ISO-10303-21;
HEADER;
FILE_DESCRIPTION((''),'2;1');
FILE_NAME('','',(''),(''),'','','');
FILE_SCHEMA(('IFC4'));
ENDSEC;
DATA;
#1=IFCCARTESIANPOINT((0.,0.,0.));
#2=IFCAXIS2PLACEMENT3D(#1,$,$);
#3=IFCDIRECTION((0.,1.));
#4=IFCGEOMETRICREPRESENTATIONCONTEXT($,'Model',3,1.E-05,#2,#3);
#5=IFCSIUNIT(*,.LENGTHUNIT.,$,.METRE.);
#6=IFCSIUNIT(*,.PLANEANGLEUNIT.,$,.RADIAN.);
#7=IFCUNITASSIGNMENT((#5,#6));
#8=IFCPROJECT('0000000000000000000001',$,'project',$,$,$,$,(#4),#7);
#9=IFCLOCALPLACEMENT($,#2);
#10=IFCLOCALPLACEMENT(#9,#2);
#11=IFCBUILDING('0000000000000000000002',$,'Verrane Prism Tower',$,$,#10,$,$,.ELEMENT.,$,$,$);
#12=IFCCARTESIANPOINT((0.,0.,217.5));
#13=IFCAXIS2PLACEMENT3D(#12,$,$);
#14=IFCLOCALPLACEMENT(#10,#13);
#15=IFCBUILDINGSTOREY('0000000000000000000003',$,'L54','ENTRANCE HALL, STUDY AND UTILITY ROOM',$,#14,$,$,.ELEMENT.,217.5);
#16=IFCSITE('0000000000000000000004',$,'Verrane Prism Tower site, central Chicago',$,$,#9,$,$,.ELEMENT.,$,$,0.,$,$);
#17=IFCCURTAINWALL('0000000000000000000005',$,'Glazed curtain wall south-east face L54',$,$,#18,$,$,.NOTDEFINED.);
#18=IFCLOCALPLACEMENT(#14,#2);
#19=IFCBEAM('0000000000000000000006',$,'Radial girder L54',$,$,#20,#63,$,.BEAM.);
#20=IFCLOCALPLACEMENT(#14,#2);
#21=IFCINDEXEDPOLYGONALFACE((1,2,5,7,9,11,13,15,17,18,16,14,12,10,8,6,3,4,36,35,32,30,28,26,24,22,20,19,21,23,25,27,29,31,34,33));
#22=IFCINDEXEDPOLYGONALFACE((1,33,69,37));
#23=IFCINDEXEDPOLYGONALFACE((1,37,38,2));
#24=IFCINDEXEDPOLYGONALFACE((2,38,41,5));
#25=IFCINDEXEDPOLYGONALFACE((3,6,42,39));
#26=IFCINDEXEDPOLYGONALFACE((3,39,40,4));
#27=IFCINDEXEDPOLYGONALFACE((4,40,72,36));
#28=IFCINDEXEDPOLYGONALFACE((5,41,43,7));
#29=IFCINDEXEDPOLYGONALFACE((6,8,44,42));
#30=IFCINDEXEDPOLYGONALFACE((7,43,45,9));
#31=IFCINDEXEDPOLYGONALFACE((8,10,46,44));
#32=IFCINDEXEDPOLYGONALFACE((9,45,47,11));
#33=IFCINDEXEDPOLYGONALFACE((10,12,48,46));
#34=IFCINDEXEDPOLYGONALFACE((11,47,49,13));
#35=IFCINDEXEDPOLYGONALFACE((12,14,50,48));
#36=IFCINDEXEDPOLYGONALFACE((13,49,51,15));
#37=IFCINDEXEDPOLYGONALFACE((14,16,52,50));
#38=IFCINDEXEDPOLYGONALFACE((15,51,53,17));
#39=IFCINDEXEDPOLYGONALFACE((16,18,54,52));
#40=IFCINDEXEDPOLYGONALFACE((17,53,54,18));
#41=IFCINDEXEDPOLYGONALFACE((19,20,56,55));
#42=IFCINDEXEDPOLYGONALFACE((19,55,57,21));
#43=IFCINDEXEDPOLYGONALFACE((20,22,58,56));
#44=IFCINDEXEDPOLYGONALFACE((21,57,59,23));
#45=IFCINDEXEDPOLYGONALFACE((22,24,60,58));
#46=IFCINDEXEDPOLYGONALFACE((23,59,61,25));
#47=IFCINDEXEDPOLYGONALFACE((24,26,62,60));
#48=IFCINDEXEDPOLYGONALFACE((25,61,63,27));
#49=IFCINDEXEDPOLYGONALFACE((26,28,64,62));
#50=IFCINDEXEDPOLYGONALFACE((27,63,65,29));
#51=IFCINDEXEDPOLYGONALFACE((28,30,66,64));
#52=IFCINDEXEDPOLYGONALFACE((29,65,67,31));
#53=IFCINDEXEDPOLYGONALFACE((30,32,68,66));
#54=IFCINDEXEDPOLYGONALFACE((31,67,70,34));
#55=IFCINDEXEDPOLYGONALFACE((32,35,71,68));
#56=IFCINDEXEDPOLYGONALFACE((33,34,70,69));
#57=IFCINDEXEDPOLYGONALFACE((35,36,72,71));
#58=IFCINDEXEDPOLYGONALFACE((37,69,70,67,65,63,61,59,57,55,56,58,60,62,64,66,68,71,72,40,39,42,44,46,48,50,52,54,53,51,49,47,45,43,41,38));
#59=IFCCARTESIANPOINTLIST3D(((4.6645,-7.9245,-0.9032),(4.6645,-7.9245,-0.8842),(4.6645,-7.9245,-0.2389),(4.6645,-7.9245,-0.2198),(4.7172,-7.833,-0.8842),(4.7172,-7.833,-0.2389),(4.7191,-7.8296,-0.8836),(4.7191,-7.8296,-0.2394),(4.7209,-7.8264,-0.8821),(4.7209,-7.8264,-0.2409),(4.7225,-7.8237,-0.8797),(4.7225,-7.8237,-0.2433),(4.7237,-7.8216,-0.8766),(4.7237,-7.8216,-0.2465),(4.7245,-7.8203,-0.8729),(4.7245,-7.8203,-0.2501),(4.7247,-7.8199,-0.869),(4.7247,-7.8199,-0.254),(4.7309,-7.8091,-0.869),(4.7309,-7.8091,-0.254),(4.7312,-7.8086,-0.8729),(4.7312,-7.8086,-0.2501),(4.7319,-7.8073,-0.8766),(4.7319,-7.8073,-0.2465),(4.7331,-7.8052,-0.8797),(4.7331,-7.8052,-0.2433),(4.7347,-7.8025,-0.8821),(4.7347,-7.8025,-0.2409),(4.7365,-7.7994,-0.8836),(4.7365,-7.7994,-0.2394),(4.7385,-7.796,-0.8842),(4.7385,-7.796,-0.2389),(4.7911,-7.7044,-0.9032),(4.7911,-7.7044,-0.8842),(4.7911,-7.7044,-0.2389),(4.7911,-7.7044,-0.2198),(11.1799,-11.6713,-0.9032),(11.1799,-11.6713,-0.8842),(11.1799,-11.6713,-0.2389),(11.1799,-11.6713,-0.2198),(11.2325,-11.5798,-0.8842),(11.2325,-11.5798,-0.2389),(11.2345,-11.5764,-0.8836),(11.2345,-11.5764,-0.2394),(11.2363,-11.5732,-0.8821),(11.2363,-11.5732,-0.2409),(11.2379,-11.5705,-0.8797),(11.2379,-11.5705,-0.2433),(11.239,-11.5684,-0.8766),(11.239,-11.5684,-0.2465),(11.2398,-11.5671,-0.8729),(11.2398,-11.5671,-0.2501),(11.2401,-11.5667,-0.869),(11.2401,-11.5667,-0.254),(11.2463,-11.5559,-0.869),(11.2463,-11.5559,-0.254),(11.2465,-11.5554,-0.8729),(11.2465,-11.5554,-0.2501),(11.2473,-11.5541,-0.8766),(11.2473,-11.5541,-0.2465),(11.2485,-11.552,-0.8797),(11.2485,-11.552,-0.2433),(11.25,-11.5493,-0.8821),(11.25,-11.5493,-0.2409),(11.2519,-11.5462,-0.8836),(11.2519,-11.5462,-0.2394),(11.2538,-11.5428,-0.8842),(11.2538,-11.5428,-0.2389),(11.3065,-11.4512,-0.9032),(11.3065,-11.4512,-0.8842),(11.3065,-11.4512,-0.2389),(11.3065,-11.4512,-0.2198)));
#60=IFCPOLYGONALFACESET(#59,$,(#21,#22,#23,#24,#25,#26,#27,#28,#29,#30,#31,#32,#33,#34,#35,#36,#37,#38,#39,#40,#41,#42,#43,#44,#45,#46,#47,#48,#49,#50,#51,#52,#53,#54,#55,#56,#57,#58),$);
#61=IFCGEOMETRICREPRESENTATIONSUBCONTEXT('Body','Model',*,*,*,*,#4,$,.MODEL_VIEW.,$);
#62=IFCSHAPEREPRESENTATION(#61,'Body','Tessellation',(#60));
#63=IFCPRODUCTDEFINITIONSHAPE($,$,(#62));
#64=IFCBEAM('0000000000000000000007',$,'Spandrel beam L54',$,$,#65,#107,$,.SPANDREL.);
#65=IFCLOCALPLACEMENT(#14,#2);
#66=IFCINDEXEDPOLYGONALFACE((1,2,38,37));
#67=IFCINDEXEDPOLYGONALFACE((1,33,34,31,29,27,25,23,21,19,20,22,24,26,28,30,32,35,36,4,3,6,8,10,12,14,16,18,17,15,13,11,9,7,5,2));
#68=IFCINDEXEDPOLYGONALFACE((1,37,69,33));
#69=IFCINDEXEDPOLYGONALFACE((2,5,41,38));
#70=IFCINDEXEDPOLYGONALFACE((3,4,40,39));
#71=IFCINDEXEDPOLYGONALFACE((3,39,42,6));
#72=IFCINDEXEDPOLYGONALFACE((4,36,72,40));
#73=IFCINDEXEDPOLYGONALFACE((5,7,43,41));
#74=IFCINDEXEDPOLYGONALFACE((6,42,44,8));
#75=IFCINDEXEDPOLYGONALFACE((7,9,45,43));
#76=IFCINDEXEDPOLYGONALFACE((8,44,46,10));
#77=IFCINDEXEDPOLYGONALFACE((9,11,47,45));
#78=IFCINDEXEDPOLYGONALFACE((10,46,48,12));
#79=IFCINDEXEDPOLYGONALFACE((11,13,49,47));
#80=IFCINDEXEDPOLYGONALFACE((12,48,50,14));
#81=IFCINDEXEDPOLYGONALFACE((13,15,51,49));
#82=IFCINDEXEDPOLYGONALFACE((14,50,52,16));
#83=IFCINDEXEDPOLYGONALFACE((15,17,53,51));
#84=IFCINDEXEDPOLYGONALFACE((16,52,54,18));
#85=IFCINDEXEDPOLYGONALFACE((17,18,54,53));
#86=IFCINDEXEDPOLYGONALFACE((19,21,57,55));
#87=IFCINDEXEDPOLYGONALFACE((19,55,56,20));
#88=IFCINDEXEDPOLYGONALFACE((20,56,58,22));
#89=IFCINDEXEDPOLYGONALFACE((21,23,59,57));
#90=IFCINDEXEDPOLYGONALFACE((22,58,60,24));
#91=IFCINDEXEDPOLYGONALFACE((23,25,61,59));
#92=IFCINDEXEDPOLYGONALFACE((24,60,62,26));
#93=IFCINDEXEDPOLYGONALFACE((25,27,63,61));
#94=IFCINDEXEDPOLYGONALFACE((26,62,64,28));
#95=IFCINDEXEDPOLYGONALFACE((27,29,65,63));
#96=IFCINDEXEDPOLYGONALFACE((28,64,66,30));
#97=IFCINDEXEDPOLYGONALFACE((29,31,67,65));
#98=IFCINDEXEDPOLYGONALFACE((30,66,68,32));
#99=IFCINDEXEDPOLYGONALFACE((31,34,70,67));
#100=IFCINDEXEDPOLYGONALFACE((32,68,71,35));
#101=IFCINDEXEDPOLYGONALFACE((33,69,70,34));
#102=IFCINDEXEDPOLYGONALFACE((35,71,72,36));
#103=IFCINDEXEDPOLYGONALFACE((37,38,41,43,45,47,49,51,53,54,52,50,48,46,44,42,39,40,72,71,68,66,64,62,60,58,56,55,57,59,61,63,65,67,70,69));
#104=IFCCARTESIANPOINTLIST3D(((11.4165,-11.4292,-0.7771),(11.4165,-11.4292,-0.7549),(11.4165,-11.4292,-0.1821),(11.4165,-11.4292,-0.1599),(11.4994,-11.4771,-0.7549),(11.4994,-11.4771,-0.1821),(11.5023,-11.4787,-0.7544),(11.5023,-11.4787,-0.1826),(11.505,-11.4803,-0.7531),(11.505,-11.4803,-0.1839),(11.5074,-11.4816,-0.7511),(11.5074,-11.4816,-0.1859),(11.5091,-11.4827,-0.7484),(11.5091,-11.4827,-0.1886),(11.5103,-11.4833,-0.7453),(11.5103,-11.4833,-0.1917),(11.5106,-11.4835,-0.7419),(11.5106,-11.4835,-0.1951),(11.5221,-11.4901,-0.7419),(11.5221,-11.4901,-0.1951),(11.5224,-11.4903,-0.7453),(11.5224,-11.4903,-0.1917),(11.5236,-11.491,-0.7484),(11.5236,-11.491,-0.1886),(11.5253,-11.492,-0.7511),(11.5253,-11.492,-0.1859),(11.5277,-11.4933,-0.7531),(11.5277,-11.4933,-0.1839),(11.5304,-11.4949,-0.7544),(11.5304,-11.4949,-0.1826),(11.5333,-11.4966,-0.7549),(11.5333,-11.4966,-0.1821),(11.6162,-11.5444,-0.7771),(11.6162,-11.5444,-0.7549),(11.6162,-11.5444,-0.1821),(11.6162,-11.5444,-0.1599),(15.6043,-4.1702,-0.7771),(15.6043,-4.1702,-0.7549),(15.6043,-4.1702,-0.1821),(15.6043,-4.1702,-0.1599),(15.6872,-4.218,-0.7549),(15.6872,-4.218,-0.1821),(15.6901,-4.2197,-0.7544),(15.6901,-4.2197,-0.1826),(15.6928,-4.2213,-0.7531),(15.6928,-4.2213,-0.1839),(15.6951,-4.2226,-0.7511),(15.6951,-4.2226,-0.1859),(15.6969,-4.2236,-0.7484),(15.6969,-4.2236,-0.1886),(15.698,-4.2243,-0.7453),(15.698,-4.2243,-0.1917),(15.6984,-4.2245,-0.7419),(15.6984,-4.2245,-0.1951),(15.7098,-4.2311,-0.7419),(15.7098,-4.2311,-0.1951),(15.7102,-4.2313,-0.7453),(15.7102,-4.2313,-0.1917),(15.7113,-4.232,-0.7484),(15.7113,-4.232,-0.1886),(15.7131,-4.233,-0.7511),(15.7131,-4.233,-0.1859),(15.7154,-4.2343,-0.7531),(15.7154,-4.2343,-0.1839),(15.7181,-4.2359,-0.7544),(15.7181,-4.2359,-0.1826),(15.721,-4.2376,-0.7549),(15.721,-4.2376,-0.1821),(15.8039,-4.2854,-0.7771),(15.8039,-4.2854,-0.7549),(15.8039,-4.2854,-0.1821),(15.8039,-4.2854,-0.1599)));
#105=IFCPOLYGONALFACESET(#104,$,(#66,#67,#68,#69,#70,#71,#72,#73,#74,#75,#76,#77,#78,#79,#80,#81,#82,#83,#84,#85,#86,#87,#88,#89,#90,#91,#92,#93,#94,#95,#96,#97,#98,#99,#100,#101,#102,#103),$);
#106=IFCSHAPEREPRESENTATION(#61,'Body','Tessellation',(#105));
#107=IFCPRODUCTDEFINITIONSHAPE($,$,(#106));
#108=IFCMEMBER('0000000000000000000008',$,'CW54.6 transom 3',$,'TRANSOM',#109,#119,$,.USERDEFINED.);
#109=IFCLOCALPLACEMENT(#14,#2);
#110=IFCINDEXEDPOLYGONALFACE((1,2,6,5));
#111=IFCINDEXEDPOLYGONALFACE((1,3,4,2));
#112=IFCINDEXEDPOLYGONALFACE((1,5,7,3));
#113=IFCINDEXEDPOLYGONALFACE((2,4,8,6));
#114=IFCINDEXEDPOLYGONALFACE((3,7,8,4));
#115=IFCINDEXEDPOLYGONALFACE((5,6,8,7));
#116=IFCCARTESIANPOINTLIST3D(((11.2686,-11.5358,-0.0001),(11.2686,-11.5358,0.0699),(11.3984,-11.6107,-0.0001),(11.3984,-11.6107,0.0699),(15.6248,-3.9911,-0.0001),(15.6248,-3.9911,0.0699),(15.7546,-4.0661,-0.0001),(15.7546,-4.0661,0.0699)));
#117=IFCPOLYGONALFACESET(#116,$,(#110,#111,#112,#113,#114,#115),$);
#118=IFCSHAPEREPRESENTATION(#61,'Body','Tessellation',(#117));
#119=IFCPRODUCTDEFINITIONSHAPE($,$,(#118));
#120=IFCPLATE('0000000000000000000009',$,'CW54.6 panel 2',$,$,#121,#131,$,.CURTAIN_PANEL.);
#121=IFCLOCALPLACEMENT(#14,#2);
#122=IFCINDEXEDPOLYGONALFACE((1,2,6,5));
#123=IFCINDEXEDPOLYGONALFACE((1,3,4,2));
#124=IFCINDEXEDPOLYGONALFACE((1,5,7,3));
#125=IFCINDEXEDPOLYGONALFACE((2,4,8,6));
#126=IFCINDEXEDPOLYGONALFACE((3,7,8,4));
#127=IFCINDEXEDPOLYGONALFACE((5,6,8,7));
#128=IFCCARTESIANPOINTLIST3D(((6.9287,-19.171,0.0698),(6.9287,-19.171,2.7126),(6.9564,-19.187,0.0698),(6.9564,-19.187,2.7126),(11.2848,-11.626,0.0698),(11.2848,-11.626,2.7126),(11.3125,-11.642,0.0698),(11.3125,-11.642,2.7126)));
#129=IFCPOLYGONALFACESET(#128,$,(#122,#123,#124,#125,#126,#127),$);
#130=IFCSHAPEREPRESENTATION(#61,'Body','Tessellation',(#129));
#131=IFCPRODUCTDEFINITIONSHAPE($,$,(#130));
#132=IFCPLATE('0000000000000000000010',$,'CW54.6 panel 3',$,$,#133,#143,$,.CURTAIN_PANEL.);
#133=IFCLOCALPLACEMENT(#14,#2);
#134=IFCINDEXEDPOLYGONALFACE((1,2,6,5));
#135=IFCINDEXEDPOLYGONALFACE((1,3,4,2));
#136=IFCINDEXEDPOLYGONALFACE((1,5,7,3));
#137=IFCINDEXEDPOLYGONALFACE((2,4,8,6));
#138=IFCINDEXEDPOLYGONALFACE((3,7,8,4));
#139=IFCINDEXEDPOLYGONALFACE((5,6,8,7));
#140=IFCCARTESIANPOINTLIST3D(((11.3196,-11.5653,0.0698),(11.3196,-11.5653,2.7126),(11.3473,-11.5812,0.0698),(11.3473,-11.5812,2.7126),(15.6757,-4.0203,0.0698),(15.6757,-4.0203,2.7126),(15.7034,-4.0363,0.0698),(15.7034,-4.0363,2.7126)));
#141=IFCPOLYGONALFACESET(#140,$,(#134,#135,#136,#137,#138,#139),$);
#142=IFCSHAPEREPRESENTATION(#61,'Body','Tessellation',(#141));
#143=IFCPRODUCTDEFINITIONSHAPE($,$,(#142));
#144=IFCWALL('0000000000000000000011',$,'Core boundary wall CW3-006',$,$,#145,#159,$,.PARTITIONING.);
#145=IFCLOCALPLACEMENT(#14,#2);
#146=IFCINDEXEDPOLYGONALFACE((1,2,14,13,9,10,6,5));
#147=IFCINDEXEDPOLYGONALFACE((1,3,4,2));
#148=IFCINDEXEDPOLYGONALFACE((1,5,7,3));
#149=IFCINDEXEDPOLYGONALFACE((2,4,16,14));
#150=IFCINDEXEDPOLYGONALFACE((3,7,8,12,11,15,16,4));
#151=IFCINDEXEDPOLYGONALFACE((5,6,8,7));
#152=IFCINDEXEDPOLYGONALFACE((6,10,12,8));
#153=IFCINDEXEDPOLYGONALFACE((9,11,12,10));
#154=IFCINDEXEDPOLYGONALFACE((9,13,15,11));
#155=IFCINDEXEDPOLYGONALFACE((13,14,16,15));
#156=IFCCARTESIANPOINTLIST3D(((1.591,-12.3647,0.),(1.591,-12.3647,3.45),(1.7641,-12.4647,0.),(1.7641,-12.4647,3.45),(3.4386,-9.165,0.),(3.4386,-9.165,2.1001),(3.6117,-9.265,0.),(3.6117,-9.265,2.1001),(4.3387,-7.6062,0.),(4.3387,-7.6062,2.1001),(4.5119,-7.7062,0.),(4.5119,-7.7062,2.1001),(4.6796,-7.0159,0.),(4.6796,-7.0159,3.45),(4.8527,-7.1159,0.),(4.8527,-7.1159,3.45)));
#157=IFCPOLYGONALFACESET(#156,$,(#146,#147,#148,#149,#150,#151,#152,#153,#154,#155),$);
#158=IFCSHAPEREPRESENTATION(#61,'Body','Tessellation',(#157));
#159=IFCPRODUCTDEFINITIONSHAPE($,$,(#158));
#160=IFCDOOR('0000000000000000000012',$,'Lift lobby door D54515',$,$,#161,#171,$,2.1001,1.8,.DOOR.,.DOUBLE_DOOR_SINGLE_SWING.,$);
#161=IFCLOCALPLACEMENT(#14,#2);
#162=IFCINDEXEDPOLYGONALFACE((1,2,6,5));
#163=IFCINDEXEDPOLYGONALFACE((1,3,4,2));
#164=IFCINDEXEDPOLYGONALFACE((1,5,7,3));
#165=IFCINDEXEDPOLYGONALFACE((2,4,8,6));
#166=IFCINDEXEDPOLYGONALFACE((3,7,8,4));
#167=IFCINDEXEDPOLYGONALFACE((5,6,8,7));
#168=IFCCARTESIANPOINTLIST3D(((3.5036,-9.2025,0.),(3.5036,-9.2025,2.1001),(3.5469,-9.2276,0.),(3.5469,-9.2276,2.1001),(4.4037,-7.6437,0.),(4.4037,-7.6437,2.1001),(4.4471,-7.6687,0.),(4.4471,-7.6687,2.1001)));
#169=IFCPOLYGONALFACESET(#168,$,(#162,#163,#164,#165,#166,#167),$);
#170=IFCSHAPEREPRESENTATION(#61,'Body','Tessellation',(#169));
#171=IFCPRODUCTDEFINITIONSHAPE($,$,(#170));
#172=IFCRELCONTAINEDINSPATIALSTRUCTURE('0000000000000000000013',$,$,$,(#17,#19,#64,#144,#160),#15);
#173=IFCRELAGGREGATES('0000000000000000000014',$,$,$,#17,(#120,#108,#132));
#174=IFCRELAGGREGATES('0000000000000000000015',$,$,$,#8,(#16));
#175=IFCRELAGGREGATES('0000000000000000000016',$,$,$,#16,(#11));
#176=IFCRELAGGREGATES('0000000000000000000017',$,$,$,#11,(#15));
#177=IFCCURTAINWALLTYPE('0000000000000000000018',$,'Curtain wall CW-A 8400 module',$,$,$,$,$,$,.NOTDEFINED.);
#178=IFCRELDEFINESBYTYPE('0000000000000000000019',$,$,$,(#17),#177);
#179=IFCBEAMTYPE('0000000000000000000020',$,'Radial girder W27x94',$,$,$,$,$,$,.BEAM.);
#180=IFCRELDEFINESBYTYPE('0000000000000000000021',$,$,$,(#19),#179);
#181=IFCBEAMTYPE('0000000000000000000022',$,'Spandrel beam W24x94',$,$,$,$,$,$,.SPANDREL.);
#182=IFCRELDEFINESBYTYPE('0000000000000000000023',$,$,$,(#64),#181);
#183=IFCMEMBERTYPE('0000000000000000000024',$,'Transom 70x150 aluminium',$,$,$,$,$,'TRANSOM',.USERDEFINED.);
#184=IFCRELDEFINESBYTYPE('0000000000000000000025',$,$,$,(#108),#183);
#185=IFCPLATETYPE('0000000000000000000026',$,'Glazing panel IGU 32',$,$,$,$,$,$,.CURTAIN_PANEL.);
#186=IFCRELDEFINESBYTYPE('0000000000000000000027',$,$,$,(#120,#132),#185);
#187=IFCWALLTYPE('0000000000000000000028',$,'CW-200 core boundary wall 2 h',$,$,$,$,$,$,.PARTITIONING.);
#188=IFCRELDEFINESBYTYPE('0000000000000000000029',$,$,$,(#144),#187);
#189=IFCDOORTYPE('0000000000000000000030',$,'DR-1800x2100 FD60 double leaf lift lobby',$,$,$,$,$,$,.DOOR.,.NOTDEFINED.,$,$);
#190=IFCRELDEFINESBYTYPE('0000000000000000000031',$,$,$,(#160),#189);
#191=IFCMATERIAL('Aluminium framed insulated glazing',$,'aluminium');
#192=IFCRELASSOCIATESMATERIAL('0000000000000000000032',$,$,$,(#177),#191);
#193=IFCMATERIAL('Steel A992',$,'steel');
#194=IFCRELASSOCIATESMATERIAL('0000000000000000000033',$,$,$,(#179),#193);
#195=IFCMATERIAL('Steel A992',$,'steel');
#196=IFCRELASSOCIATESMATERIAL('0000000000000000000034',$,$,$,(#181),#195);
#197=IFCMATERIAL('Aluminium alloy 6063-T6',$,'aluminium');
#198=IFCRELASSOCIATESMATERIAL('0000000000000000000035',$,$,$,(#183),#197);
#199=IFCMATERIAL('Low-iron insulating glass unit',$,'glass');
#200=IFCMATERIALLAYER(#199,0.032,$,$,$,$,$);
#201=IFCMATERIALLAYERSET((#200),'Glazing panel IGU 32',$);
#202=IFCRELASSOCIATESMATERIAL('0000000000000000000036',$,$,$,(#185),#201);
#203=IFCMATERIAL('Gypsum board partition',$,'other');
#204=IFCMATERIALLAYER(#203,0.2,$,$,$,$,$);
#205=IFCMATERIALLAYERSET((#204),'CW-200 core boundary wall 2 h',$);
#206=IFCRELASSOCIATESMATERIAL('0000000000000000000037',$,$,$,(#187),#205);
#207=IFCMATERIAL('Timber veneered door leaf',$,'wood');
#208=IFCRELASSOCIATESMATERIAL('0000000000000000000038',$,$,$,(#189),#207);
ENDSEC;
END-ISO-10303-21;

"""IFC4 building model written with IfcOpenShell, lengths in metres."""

from ifc_helpers import new_model, si_unit, direction, frame, frame_2d, origin, origin_2d, place, context, subcontext, project, spatial, rectangle, i_section, extrude, material, layer, layer_set, material_profile, profile_set, type_object, element, fill, aggregate, save


model = new_model("IFC4")

# Units and contexts
model_context = context("Model", 3, precision=1e-05, world=origin(), true_north=direction((0.0, 1.0)))
body_context = subcontext(model_context, "Body", "Model", "MODEL_VIEW")
ifc_project = project(units=[si_unit("LENGTHUNIT", "METRE"), si_unit("PLANEANGLEUNIT", "RADIAN")], contexts=[model_context])

# Site, building, storey
site_placement = place(None, origin())
site = spatial("IfcSite", under=ifc_project, at=site_placement, Name="Verrane Prism Tower site, central Chicago", CompositionType="ELEMENT", RefElevation=0.0)
building_placement = place(site_placement, origin())
building = spatial("IfcBuilding", under=site, at=building_placement, Name="Verrane Prism Tower", CompositionType="ELEMENT")
storey_placement = place(building_placement, frame((0.0, 0.0, 217.5)))
storey = spatial("IfcBuildingStorey", under=building, at=storey_placement, Name="L54", Description="ENTRANCE HALL, STUDY AND UTILITY ROOM", CompositionType="ELEMENT", Elevation=217.5)

# Curtain wall
ifc_material_1 = material(Name="Aluminium framed insulated glazing", Category="aluminium")
curtain_wall_type = type_object("IfcCurtainWallType", Name="Curtain wall CW-A 8400 module", PredefinedType="NOTDEFINED", material=ifc_material_1)
curtain_wall_placement = place(storey_placement, origin())
curtain_wall = element("IfcCurtainWall", 1, at=curtain_wall_placement, inside=storey, type_object=curtain_wall_type, Name="Glazed curtain wall south-east face L54", PredefinedType="NOTDEFINED")

# Beams
ifc_material_2 = material(Name="Steel A992", Category="steel")
ifc_material_profile_1 = material_profile(ifc_material_2, i_section(OverallWidth=0.2539, OverallDepth=0.6833, WebThickness=0.0125, FlangeThickness=0.019, FilletRadius=0.0151, at=origin_2d()), Name="W27x94")
ifc_profile_set_1 = profile_set([ifc_material_profile_1], Name="Steel A992")
beam_type_1 = type_object("IfcBeamType", Name="Radial girder W27x94", PredefinedType="BEAM", material=ifc_profile_set_1)
beam_1_placement = place(storey_placement, frame((11.2432, -11.5613, -0.5615), z_axis=(-0.866879, 0.498519, 0.0), x_axis=(-0.498519, -0.866879, 0.0)))
element("IfcBeam", 2, at=beam_1_placement, inside=storey, type_object=beam_type_1, Name="Radial girder L54", PredefinedType="BEAM", context=body_context, shape_type="SweptSolid", body=[
    extrude(i_section(OverallWidth=0.2539, OverallDepth=0.6833, WebThickness=0.0125, FlangeThickness=0.019, FilletRadius=0.0151, at=origin_2d()), origin(), (0.0, 0.0, 1.0), 7.5159),
])
ifc_material_3 = material(Name="Steel A992", Category="steel")
ifc_material_profile_2 = material_profile(ifc_material_3, i_section(OverallWidth=0.2305, OverallDepth=0.6172, WebThickness=0.0132, FlangeThickness=0.0222, FilletRadius=0.0129, at=origin_2d()), Name="W24x94")
ifc_profile_set_2 = profile_set([ifc_material_profile_2], Name="Steel A992")
beam_type_2 = type_object("IfcBeamType", Name="Spandrel beam W24x94", PredefinedType="SPANDREL", material=ifc_profile_set_2)
beam_2_placement = place(storey_placement, frame((11.5164, -11.4868, -0.4685), z_axis=(0.499708, 0.866194, 0.0), x_axis=(-0.866194, 0.499708, 0.0)))
element("IfcBeam", 3, at=beam_2_placement, inside=storey, type_object=beam_type_2, Name="Spandrel beam L54", PredefinedType="SPANDREL", context=body_context, shape_type="SweptSolid", body=[
    extrude(i_section(OverallWidth=0.2305, OverallDepth=0.6172, WebThickness=0.0132, FlangeThickness=0.0222, FilletRadius=0.0129, at=origin_2d()), origin(), (0.0, 0.0, 1.0), 8.3804),
])

# Member
ifc_material_4 = material(Name="Aluminium alloy 6063-T6", Category="aluminium")
ifc_material_profile_3 = material_profile(ifc_material_4, rectangle(XDim=0.1499, YDim=0.0701, at=origin_2d()), Name="Transom 70x150 aluminium")
ifc_profile_set_3 = profile_set([ifc_material_profile_3], Name="Aluminium alloy 6063-T6")
member_type_1 = type_object("IfcMemberType", Name="Transom 70x150 aluminium", ElementType="TRANSOM", PredefinedType="USERDEFINED", material=ifc_profile_set_3)
member_1_placement = place(storey_placement, frame((11.3335, -11.5732, 0.0349), z_axis=(0.500024, 0.866012, 0.0), x_axis=(-0.866012, 0.500024, 0.0)))
member_1 = element("IfcMember", 4, at=member_1_placement, type_object=member_type_1, Name="CW54.6 transom 3", ObjectType="TRANSOM", PredefinedType="USERDEFINED", context=body_context, shape_type="SweptSolid", body=[
    extrude(rectangle(XDim=0.1499, YDim=0.0701, at=origin_2d()), origin(), (0.0, 0.0, 1.0), 8.7119),
])

# Plates
ifc_material_5 = material(Name="Low-iron insulating glass unit", Category="glass")
ifc_layer_1 = layer(ifc_material_5, 0.032)
ifc_layer_set_1 = layer_set([ifc_layer_1], Name="Glazing panel IGU 32")
plate_type = type_object("IfcPlateType", Name="Glazing panel IGU 32", PredefinedType="CURTAIN_PANEL", material=ifc_layer_set_1)
plate_1_placement = place(storey_placement, frame((9.1206, -15.4065, 0.0698), z_axis=(0.0, 0.0, 1.0), x_axis=(0.500001, 0.866025, 0.0)))
plate_1 = element("IfcPlate", 5, at=plate_1_placement, type_object=plate_type, Name="CW54.6 panel 2", PredefinedType="CURTAIN_PANEL", context=body_context, shape_type="SweptSolid", body=[
    extrude(rectangle(XDim=8.7122, YDim=0.032, at=origin_2d()), origin(), (0.0, 0.0, 1.0), 2.6428),
])
plate_2_placement = place(storey_placement, frame((13.5115, -7.8008, 0.0698), z_axis=(0.0, 0.0, 1.0), x_axis=(0.500001, 0.866025, 0.0)))
plate_2 = element("IfcPlate", 6, at=plate_2_placement, type_object=plate_type, Name="CW54.6 panel 3", PredefinedType="CURTAIN_PANEL", context=body_context, shape_type="SweptSolid", body=[
    extrude(rectangle(XDim=8.7122, YDim=0.032, at=origin_2d()), origin(), (0.0, 0.0, 1.0), 2.6428),
])
aggregate(curtain_wall, [plate_1, member_1, plate_2])

# Wall, opening, door
ifc_material_6 = material(Name="Gypsum board partition", Category="other")
ifc_layer_2 = layer(ifc_material_6, 0.2)
ifc_layer_set_2 = layer_set([ifc_layer_2], Name="CW-200 core boundary wall 2 h")
wall_type_1 = type_object("IfcWallType", Name="CW-200 core boundary wall 2 h", PredefinedType="PARTITIONING", material=ifc_layer_set_2)
wall_1_placement = place(storey_placement, frame((1.6775, -12.4148, 0.0), z_axis=(0.0, 0.0, 1.0), x_axis=(0.500054, 0.865994, 0.0)))
wall_1 = element("IfcWall", 7, at=wall_1_placement, inside=storey, type_object=wall_type_1, Name="Core boundary wall CW3-006", PredefinedType="PARTITIONING", context=body_context, shape_type="SweptSolid", body=[
    extrude(rectangle(XDim=6.1765, YDim=0.2, at=frame_2d((3.0884, 0.0))), origin(), (0.0, 0.0, 1.0), 3.45),
])
opening_placement = place(wall_1_placement, frame((3.6951, 0.0, 0.0)))
opening = element("IfcOpeningElement", 8, at=opening_placement, cuts=wall_1, PredefinedType="OPENING", context=body_context, shape_type="SweptSolid", body=[
    extrude(rectangle(XDim=1.8, YDim=2.1001, at=frame_2d((0.8999, 1.05))), frame((0.0, 0.1099, 0.0), z_axis=(0.0, -1.0, 0.0), x_axis=(1.0, 0.0, 0.0)), (0.0, 0.0, 1.0), 0.22),
])
ifc_material_7 = material(Name="Timber veneered door leaf", Category="wood")
door_type = type_object("IfcDoorType", Name="DR-1800x2100 FD60 double leaf lift lobby", OperationType="NOTDEFINED", PredefinedType="DOOR", material=ifc_material_7)
door_placement = place(opening_placement, origin())
door = element("IfcDoor", 9, at=door_placement, inside=storey, type_object=door_type, Name="Lift lobby door D54515", OperationType="DOUBLE_DOOR_SINGLE_SWING", OverallHeight=2.1001, OverallWidth=1.8, PredefinedType="DOOR", context=body_context, shape_type="SweptSolid", body=[
    extrude(rectangle(XDim=1.8, YDim=2.1001, at=frame_2d((0.8999, 1.05))), frame((0.0, 0.0249, 0.0), z_axis=(0.0, -1.0, 0.0), x_axis=(1.0, 0.0, 0.0)), (0.0, 0.0, 1.0), 0.05),
])
fill(opening, door)

save(model, "model.ifc")
